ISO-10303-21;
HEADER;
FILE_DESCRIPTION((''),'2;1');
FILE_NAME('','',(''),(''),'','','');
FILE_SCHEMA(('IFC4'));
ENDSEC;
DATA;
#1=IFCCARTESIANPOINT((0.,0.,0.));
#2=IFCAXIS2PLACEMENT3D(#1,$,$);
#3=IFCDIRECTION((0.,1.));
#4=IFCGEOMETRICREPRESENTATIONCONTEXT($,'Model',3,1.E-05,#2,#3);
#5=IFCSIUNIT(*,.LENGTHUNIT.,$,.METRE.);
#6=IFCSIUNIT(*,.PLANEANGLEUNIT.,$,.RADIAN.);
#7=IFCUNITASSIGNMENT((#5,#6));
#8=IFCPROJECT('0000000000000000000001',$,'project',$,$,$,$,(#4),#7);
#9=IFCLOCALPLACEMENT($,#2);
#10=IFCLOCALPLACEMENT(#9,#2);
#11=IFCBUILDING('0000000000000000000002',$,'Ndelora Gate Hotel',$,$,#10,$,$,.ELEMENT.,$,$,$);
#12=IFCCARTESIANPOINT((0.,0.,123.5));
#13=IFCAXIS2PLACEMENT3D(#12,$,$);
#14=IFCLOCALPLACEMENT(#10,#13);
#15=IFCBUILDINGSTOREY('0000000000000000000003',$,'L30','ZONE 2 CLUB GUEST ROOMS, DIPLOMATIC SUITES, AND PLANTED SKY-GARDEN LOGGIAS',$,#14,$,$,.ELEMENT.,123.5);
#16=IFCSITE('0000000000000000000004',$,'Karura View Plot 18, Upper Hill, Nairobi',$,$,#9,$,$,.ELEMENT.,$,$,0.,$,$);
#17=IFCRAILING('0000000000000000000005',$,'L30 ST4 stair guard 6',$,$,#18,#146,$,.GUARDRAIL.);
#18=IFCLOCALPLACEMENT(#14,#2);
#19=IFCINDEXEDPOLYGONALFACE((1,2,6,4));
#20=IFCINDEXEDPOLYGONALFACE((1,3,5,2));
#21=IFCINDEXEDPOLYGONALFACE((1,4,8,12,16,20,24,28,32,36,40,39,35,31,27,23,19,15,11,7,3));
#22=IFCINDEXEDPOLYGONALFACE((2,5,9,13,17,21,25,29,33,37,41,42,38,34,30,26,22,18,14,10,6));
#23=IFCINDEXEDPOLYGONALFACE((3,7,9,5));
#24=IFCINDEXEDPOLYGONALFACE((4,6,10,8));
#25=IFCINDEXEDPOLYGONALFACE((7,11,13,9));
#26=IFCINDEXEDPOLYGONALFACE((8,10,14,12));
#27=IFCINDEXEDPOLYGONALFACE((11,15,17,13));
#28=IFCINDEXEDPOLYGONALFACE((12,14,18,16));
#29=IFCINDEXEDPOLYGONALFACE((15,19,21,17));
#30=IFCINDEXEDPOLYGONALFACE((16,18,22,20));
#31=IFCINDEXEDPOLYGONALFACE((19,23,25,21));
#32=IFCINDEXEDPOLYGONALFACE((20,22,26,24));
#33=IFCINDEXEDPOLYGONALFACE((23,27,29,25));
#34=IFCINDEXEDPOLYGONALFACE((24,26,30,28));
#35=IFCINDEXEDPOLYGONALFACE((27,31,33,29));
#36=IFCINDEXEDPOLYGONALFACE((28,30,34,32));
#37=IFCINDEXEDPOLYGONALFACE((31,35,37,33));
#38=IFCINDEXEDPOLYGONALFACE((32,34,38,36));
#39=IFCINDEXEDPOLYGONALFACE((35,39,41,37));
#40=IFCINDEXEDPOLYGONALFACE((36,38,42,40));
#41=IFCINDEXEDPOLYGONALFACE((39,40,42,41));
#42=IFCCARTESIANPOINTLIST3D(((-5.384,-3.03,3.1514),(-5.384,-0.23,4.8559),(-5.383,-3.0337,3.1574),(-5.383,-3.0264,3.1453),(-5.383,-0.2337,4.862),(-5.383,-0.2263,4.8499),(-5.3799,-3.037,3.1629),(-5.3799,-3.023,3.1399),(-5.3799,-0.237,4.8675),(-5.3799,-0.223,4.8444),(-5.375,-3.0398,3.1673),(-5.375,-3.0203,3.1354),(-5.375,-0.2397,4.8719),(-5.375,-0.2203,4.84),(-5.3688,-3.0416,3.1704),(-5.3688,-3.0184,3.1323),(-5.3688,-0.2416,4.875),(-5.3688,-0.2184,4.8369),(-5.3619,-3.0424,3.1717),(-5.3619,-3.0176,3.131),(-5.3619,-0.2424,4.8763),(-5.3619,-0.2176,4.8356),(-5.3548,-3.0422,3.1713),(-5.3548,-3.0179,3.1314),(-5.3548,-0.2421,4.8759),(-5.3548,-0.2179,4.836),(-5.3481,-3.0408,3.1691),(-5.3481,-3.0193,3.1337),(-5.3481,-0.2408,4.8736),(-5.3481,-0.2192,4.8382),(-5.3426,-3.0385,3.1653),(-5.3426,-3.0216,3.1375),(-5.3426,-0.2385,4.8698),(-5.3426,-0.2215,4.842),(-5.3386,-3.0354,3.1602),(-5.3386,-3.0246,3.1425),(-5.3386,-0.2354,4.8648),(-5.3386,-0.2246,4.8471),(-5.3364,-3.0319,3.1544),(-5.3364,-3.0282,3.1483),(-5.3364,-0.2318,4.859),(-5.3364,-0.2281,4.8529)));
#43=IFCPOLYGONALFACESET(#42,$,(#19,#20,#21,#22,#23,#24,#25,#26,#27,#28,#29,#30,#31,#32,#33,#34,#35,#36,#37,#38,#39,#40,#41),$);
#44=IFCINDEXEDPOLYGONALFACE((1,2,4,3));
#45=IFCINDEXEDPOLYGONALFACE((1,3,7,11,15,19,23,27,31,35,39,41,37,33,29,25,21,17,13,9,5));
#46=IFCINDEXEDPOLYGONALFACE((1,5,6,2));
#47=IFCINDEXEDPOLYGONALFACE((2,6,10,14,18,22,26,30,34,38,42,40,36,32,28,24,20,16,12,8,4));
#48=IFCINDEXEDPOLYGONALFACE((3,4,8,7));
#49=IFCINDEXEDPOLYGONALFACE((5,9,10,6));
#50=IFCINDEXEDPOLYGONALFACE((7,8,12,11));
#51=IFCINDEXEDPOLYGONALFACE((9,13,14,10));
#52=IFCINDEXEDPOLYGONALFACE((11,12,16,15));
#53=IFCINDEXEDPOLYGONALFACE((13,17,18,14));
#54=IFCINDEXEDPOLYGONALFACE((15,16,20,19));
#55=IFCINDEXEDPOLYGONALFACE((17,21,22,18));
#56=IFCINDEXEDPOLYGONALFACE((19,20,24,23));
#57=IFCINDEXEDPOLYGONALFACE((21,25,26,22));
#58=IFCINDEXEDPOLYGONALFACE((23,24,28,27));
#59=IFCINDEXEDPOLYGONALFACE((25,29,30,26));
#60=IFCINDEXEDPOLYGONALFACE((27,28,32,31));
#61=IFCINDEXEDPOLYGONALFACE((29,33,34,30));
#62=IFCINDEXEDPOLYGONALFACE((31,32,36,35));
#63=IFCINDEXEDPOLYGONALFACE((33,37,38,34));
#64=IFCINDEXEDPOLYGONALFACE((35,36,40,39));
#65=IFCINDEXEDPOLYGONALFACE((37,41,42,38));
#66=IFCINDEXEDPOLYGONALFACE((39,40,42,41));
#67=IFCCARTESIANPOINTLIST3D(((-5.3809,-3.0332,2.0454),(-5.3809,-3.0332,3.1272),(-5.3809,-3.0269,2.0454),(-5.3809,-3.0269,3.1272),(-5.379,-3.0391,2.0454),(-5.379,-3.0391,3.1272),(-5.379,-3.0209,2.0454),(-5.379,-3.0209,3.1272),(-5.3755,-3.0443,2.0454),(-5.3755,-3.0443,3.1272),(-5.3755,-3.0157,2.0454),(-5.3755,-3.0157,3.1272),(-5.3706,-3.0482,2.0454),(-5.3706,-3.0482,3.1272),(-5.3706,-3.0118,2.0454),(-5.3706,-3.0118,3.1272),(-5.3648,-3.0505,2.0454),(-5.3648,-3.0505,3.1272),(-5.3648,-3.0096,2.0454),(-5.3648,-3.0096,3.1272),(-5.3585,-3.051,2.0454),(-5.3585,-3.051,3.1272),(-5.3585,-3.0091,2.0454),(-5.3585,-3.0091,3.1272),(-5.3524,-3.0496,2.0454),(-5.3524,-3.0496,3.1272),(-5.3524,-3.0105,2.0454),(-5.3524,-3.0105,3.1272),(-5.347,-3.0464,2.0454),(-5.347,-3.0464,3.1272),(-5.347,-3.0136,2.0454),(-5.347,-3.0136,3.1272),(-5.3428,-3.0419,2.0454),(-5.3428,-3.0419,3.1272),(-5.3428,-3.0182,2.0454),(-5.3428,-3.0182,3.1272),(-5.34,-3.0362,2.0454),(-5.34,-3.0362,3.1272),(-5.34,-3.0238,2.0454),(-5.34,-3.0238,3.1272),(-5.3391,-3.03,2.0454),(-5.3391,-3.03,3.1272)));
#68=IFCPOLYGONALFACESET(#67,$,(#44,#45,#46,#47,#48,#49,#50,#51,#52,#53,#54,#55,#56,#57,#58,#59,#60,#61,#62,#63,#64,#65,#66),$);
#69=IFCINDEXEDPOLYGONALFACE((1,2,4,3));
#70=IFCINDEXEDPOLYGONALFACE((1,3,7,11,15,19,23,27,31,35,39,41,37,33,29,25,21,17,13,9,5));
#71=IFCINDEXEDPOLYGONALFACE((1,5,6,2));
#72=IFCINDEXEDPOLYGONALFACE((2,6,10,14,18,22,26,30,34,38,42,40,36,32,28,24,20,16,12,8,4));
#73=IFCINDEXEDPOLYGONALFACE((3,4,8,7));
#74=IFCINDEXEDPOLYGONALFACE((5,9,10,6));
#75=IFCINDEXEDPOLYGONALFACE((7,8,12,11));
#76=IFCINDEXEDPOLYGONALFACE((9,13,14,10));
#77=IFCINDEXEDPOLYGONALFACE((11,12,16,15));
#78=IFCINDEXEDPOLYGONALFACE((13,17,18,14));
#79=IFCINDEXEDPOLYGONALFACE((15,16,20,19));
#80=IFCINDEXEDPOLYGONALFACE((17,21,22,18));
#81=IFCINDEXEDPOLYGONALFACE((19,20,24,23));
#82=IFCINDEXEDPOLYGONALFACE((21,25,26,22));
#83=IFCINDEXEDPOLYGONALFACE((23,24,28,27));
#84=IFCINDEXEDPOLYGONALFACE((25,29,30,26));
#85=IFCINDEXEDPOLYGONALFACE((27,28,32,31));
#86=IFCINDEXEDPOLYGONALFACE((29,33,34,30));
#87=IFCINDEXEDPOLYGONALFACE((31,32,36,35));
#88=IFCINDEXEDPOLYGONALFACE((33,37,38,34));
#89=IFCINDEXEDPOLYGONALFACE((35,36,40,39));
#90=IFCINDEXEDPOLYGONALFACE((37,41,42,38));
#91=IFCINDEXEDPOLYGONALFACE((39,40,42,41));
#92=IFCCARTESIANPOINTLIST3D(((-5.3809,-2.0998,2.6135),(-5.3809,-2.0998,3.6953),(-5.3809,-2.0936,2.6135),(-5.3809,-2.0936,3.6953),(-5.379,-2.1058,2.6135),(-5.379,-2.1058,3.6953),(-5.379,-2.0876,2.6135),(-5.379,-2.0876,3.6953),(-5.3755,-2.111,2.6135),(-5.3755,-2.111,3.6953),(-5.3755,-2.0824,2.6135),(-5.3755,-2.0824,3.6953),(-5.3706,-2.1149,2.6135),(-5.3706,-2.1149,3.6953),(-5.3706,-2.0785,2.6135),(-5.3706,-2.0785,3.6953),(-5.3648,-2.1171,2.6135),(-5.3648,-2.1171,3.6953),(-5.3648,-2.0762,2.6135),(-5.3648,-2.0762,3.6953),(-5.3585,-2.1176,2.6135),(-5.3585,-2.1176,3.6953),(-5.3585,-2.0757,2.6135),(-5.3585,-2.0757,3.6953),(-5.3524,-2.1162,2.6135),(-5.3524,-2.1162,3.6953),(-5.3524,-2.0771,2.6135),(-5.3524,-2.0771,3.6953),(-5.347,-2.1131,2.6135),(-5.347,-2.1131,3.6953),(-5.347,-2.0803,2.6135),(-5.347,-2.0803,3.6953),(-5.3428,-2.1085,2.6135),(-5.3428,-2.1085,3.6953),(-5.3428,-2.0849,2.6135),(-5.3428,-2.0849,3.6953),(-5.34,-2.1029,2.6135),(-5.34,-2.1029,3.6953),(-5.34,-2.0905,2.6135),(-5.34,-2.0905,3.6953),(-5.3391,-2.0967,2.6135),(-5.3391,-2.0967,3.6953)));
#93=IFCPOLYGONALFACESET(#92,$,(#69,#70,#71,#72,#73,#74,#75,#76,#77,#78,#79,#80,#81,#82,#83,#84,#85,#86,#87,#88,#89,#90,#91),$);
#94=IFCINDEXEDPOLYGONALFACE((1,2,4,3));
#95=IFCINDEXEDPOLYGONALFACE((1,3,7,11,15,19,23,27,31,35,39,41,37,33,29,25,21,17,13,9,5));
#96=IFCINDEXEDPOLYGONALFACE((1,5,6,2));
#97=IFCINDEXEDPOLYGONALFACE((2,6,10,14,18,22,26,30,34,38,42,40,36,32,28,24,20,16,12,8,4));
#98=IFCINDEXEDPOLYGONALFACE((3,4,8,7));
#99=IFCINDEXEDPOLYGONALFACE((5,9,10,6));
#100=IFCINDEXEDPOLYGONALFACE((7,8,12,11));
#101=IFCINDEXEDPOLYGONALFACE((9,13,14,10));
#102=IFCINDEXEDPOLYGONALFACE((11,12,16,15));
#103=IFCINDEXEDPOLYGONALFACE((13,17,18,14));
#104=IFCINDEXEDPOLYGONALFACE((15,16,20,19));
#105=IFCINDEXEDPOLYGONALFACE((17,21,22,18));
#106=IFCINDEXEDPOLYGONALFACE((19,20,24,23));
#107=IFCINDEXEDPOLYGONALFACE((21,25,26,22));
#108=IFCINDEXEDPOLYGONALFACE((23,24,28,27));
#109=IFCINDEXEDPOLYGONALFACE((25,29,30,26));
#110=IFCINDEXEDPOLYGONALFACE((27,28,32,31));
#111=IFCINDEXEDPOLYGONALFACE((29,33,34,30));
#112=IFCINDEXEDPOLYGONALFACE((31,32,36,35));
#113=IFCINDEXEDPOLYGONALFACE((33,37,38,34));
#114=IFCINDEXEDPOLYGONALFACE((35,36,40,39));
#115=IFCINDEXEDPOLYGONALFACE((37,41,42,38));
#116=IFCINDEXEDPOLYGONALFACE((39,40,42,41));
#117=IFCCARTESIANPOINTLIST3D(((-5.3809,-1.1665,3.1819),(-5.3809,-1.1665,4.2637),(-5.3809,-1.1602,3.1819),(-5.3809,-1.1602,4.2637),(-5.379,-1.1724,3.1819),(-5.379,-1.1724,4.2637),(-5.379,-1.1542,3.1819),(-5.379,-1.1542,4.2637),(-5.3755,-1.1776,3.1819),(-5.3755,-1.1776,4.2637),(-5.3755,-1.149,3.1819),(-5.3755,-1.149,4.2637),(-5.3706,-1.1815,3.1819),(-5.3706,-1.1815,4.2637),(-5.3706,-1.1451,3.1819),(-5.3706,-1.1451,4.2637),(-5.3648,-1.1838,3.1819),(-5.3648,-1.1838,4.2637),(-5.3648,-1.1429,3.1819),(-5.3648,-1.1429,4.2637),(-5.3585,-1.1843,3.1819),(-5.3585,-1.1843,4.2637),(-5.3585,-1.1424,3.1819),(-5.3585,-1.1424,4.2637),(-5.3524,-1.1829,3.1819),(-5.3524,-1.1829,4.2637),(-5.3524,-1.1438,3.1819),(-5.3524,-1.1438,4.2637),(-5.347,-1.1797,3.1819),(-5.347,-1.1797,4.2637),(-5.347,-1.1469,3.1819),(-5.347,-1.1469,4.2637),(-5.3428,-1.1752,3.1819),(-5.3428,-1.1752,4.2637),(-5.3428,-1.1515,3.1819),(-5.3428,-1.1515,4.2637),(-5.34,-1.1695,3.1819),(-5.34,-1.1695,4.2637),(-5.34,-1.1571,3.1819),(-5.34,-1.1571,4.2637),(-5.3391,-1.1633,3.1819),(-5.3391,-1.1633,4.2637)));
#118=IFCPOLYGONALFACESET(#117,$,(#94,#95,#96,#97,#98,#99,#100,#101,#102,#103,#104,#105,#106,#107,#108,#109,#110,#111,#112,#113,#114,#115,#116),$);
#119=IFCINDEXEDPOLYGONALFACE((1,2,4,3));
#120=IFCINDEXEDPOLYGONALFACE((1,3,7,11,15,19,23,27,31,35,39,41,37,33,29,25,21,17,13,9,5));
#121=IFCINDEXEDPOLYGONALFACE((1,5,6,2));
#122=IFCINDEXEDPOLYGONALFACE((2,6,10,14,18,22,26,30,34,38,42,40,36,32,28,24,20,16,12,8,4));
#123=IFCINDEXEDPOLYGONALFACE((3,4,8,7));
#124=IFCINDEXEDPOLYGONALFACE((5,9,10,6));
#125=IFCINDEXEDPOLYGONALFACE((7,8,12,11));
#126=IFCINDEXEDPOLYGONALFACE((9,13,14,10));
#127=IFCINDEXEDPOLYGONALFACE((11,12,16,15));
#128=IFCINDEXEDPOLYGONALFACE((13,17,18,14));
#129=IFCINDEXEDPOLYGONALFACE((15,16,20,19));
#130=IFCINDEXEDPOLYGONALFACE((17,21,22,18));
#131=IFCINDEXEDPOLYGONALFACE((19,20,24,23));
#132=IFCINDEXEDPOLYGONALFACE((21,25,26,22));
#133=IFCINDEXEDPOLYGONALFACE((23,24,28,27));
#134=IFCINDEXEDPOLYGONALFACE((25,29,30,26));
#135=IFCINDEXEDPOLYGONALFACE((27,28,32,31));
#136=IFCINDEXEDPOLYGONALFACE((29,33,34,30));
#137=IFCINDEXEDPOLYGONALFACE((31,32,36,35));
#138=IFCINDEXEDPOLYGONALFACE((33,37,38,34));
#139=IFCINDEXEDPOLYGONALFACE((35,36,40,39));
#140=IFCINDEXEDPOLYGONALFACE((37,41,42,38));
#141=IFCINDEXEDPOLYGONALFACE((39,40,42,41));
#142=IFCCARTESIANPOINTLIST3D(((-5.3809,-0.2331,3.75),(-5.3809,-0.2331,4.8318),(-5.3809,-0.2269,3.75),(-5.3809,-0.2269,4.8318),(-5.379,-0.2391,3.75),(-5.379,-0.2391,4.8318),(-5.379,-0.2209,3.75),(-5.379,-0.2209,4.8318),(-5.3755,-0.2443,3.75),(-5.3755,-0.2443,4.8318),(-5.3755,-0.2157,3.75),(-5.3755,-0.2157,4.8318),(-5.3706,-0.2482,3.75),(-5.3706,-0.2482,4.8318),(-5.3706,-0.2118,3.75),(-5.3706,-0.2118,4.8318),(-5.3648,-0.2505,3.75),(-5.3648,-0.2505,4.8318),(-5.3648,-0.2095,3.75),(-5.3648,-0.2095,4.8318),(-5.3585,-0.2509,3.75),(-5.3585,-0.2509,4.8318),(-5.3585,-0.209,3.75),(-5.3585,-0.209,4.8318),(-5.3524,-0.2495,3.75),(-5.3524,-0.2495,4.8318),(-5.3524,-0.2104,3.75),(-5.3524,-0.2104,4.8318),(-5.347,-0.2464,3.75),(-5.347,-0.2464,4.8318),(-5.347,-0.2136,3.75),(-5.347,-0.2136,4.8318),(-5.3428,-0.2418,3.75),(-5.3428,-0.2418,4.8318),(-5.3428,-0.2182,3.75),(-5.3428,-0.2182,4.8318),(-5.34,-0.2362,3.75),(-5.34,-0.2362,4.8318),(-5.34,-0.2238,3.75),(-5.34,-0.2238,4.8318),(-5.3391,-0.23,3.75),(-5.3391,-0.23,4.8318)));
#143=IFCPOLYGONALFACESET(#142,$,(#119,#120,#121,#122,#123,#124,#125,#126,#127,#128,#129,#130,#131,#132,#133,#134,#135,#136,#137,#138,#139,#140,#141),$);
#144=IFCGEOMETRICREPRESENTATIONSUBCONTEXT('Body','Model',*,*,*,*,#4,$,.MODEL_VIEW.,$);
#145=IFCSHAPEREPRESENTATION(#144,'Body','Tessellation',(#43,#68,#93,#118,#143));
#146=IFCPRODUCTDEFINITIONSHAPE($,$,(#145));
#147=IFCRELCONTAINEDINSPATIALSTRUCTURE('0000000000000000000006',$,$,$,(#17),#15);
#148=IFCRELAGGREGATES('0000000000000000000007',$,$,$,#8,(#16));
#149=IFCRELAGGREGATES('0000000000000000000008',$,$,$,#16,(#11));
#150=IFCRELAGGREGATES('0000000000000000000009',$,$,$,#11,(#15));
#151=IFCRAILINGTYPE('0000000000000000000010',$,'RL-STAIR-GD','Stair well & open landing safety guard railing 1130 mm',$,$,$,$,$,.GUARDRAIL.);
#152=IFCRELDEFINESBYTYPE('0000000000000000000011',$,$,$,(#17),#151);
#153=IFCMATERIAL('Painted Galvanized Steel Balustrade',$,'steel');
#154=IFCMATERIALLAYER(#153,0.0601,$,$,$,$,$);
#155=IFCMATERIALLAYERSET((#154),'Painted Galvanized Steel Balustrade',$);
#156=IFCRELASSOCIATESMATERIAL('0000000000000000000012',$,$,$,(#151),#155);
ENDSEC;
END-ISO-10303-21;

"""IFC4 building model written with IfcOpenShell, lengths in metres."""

from ifc_helpers import new_model, si_unit, direction, frame, origin, origin_2d, place, context, subcontext, project, spatial, circle, extrude, material, layer, layer_set, type_object, element, save


model = new_model("IFC4")

# Units and contexts
model_context = context("Model", 3, precision=1e-05, world=origin(), true_north=direction((0.0, 1.0)))
body_context = subcontext(model_context, "Body", "Model", "MODEL_VIEW")
ifc_project = project(units=[si_unit("LENGTHUNIT", "METRE"), si_unit("PLANEANGLEUNIT", "RADIAN")], contexts=[model_context])

# Site, building, storey
site_placement = place(None, origin())
site = spatial("IfcSite", under=ifc_project, at=site_placement, Name="Karura View Plot 18, Upper Hill, Nairobi", CompositionType="ELEMENT", RefElevation=0.0)
building_placement = place(site_placement, origin())
building = spatial("IfcBuilding", under=site, at=building_placement, Name="Ndelora Gate Hotel", CompositionType="ELEMENT")
storey_placement = place(building_placement, frame((0.0, 0.0, 123.5)))
storey = spatial("IfcBuildingStorey", under=building, at=storey_placement, Name="L30", Description="ZONE 2 CLUB GUEST ROOMS, DIPLOMATIC SUITES, AND PLANTED SKY-GARDEN LOGGIAS", CompositionType="ELEMENT", Elevation=123.5)

# Railing
ifc_material_1 = material(Name="Painted Galvanized Steel Balustrade", Category="steel")
ifc_layer_1 = layer(ifc_material_1, 0.0601)
ifc_layer_set_1 = layer_set([ifc_layer_1], Name="Painted Galvanized Steel Balustrade")
railing_type_1 = type_object("IfcRailingType", Name="RL-STAIR-GD", Description="Stair well & open landing safety guard railing 1130 mm", PredefinedType="GUARDRAIL", material=ifc_layer_set_1)
railing_1_placement = place(storey_placement, frame((-5.3601, -3.03, 2.0454)))
element("IfcRailing", 1, at=railing_1_placement, inside=storey, type_object=railing_type_1, Name="L30 ST4 stair guard 6", PredefinedType="GUARDRAIL", context=body_context, shape_type="SweptSolid", body=[
    extrude(circle(Radius=0.0239, at=origin_2d()), frame((0.0, 0.0, 1.106), z_axis=(0.0, 0.85417, 0.519994), x_axis=(-1.0, 0.0, 0.0)), (0.0, 0.0, 1.0), 3.2781),
    extrude(circle(Radius=0.021, at=origin_2d()), origin(), (0.0, 0.0, 1.0), 1.0818),
    extrude(circle(Radius=0.021, at=origin_2d()), frame((0.0, 0.9333, 0.5681)), (0.0, 0.0, 1.0), 1.0818),
    extrude(circle(Radius=0.021, at=origin_2d()), frame((0.0, 1.8667, 1.1365)), (0.0, 0.0, 1.0), 1.0818),
    extrude(circle(Radius=0.021, at=origin_2d()), frame((0.0, 2.8, 1.7046)), (0.0, 0.0, 1.0), 1.0818),
])

save(model, "model.ifc")
